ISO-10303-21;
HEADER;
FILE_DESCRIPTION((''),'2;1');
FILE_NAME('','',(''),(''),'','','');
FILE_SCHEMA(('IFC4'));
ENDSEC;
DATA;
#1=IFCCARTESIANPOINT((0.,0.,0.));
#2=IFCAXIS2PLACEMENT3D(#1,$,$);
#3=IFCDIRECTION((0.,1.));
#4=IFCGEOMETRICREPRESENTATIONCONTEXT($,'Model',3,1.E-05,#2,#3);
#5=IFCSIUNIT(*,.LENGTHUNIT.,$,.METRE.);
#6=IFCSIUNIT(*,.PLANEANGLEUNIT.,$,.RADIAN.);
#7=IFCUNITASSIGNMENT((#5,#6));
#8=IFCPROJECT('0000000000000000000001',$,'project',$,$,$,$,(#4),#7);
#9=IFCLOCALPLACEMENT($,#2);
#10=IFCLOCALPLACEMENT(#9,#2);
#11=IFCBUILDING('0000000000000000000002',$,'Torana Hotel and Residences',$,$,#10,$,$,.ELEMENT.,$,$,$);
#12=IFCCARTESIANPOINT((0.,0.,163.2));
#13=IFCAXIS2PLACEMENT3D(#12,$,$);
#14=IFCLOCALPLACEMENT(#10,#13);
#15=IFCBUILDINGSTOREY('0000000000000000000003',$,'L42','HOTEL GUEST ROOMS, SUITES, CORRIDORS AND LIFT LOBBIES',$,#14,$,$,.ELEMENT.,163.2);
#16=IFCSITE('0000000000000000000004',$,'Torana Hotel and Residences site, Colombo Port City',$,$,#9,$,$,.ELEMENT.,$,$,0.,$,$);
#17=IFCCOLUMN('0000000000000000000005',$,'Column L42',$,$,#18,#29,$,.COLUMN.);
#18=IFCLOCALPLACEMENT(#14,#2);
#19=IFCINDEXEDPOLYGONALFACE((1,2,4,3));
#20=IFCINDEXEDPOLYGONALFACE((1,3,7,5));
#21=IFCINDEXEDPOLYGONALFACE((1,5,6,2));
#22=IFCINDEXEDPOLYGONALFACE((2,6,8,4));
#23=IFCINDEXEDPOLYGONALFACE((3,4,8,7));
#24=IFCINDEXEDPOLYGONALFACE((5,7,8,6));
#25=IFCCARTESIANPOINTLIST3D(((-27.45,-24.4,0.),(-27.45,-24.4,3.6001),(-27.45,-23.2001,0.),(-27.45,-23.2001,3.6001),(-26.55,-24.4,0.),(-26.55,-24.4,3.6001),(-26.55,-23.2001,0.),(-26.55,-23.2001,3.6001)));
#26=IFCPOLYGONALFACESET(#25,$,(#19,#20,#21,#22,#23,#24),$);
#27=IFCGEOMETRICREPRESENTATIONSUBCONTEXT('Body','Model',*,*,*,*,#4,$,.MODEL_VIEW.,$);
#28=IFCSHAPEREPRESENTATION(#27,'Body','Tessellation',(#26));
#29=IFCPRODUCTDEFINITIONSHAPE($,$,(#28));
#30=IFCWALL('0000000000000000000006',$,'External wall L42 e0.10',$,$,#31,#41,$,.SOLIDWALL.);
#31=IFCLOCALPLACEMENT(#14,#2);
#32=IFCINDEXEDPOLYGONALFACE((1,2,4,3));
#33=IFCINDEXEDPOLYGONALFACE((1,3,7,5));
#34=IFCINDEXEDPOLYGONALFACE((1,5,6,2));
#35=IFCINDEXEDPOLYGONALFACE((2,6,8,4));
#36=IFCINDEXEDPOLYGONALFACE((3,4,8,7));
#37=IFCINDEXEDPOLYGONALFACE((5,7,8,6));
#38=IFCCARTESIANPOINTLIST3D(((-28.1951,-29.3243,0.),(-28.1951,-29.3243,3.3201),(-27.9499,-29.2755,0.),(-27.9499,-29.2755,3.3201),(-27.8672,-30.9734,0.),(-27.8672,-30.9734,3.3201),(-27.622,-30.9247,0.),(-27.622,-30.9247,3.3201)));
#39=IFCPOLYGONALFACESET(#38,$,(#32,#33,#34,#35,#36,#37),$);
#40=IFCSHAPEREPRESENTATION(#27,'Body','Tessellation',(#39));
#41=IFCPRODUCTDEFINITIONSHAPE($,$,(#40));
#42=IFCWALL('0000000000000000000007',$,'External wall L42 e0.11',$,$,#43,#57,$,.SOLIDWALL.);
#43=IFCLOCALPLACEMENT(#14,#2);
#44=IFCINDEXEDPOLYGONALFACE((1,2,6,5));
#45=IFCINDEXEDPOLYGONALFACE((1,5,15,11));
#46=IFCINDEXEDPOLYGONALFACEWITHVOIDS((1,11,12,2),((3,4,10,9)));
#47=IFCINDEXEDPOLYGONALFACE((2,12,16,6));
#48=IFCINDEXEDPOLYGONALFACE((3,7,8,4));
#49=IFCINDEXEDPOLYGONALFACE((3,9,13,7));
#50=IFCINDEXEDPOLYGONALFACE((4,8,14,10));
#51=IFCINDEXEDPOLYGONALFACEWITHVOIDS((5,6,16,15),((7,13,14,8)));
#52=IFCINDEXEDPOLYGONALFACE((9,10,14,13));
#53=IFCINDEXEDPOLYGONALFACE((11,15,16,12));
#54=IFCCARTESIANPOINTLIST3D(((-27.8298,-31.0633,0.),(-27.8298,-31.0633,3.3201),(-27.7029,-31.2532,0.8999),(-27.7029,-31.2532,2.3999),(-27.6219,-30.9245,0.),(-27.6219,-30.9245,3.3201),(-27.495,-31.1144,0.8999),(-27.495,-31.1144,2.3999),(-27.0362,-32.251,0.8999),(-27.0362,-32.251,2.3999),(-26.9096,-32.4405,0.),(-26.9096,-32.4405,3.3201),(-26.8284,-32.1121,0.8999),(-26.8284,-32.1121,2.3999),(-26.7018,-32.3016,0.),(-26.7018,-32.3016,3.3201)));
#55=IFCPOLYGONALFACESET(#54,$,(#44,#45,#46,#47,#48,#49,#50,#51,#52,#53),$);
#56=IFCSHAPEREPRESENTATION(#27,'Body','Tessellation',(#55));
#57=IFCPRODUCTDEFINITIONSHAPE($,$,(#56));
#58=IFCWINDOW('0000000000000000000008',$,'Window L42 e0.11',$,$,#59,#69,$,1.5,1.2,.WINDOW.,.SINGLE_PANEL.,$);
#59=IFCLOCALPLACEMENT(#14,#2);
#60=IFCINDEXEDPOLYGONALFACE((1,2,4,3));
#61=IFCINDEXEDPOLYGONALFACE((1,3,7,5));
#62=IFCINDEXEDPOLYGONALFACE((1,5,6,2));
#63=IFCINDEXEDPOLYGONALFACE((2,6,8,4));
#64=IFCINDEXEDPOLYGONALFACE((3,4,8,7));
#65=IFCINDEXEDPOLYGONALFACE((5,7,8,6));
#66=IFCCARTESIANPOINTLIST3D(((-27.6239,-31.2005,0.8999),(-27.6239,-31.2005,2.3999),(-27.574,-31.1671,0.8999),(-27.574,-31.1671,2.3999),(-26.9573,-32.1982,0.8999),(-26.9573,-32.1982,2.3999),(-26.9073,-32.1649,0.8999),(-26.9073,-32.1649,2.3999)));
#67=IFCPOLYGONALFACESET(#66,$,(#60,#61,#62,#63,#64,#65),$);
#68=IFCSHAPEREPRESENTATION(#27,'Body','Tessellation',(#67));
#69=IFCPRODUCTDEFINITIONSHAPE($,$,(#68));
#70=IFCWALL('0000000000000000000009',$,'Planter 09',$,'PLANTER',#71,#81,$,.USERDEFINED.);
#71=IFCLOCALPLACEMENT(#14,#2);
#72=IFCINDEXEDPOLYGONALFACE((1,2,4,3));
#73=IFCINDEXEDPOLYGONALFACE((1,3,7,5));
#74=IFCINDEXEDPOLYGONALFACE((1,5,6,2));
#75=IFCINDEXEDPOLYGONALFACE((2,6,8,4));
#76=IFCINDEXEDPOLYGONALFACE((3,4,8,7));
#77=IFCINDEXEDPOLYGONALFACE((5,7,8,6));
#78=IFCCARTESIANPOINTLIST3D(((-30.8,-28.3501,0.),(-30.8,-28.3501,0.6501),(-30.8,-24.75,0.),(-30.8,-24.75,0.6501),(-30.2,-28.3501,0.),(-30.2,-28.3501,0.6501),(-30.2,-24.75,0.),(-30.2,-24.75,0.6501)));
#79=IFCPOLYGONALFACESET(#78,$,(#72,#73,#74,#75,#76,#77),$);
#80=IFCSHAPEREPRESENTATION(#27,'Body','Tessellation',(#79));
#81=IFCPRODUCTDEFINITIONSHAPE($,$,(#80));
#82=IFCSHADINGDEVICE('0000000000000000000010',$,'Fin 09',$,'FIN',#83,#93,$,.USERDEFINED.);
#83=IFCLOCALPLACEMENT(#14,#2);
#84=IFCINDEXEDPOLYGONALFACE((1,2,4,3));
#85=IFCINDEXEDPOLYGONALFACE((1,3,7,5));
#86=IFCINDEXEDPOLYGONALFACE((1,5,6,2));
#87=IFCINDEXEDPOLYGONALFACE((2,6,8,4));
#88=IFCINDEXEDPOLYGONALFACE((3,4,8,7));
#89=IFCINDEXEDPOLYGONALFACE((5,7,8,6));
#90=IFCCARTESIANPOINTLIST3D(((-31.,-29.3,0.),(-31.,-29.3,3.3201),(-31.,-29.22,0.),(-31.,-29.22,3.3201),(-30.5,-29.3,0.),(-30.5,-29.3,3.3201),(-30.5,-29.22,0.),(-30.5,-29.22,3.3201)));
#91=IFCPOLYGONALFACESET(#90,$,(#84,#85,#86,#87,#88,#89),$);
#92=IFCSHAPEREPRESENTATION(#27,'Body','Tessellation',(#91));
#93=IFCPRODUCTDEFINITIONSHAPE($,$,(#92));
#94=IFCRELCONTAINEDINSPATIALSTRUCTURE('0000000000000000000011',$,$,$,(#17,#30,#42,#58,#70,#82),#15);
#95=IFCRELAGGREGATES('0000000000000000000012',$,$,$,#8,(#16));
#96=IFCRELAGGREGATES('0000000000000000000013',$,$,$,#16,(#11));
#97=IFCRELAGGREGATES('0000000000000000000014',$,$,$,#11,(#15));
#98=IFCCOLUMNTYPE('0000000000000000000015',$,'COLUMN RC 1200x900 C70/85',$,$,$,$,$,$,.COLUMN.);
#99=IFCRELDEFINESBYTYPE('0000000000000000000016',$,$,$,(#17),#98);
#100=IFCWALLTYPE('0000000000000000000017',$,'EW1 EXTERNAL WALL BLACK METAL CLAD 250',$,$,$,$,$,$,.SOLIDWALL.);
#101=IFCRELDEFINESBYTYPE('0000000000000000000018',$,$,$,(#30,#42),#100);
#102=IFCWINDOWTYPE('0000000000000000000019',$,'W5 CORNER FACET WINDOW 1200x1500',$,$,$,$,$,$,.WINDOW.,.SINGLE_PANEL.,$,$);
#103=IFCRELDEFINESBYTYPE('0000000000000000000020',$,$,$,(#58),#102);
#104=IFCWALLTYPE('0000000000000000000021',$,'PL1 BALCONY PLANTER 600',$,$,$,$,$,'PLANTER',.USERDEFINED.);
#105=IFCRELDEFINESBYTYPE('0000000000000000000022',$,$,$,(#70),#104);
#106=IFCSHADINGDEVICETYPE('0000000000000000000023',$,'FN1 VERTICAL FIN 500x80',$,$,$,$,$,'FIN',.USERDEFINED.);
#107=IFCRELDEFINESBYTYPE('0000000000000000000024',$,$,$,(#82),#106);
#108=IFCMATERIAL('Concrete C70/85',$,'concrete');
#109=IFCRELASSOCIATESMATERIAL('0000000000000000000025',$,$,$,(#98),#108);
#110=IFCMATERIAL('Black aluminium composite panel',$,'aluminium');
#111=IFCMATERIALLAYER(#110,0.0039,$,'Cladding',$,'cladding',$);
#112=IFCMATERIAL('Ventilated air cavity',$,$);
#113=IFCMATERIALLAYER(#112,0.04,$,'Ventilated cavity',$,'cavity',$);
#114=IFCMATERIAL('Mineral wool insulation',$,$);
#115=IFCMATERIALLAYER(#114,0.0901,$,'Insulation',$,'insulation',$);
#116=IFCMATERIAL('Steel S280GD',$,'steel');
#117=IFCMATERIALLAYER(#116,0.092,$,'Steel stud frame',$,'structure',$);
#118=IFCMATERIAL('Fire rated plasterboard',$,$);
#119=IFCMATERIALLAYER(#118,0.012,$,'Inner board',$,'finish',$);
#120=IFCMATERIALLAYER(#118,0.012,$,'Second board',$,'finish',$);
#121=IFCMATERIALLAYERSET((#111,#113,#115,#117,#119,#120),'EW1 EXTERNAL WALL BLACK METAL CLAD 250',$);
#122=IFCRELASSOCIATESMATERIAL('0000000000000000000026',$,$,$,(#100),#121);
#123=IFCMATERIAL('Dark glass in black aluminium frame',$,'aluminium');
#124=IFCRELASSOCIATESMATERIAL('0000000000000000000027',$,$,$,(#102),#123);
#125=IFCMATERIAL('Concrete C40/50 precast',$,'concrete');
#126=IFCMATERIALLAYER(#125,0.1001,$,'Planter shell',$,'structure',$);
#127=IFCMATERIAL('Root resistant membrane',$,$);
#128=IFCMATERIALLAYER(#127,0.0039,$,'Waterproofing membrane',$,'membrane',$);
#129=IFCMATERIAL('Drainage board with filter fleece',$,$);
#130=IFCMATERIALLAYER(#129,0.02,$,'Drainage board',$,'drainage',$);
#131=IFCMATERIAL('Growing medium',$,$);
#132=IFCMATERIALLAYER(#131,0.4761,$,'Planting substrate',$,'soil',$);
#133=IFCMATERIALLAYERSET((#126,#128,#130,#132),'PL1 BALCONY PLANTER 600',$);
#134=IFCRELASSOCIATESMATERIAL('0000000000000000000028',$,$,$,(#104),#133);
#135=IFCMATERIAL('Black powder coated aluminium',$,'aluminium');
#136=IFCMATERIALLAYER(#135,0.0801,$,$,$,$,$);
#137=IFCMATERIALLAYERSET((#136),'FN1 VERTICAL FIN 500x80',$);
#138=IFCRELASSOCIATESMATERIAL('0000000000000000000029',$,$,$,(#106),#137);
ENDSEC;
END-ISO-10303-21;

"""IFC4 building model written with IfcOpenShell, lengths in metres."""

from ifc_helpers import new_model, si_unit, direction, frame, frame_2d, origin, origin_2d, place, context, subcontext, project, spatial, rectangle, extrude, material, layer, layer_set, material_profile, profile_set, type_object, element, fill, save


model = new_model("IFC4")

# Units and contexts
model_context = context("Model", 3, precision=1e-05, world=origin(), true_north=direction((0.0, 1.0)))
body_context = subcontext(model_context, "Body", "Model", "MODEL_VIEW")
ifc_project = project(units=[si_unit("LENGTHUNIT", "METRE"), si_unit("PLANEANGLEUNIT", "RADIAN")], contexts=[model_context])

# Site, building, storey
site_placement = place(None, origin())
site = spatial("IfcSite", under=ifc_project, at=site_placement, Name="Torana Hotel and Residences site, Colombo Port City", CompositionType="ELEMENT", RefElevation=0.0)
building_placement = place(site_placement, origin())
building = spatial("IfcBuilding", under=site, at=building_placement, Name="Torana Hotel and Residences", CompositionType="ELEMENT")
storey_placement = place(building_placement, frame((0.0, 0.0, 163.2)))
storey = spatial("IfcBuildingStorey", under=building, at=storey_placement, Name="L42", Description="HOTEL GUEST ROOMS, SUITES, CORRIDORS AND LIFT LOBBIES", CompositionType="ELEMENT", Elevation=163.2)

# Column
ifc_material_1 = material(Name="Concrete C70/85", Category="concrete")
ifc_material_profile = material_profile(ifc_material_1, rectangle(XDim=1.2, YDim=0.8999, at=origin_2d()), Name="RC 1200x900")
ifc_profile_set = profile_set([ifc_material_profile], Name="Concrete C70/85")
column_type = type_object("IfcColumnType", Name="COLUMN RC 1200x900 C70/85", PredefinedType="COLUMN", material=ifc_profile_set)
column_placement = place(storey_placement, frame((-27.0, -23.8, 0.0), z_axis=(0.0, 0.0, 1.0), x_axis=(0.0, 1.0, 0.0)))
element("IfcColumn", 1, at=column_placement, inside=storey, type_object=column_type, Name="Column L42", PredefinedType="COLUMN", context=body_context, shape_type="SweptSolid", body=[
    extrude(rectangle(XDim=1.2, YDim=0.8999, at=origin_2d()), origin(), (0.0, 0.0, 1.0), 3.6001),
])

# Wall
ifc_material_2 = material(Name="Black aluminium composite panel", Category="aluminium")
ifc_layer_1 = layer(ifc_material_2, 0.0039, Name="Cladding", Category="cladding")
ifc_material_3 = material(Name="Ventilated air cavity")
ifc_layer_2 = layer(ifc_material_3, 0.04, Name="Ventilated cavity", Category="cavity")
ifc_material_4 = material(Name="Mineral wool insulation")
ifc_layer_3 = layer(ifc_material_4, 0.0901, Name="Insulation", Category="insulation")
ifc_material_5 = material(Name="Steel S280GD", Category="steel")
ifc_layer_4 = layer(ifc_material_5, 0.092, Name="Steel stud frame", Category="structure")
ifc_material_6 = material(Name="Fire rated plasterboard")
ifc_layer_5 = layer(ifc_material_6, 0.012, Name="Inner board", Category="finish")
ifc_layer_6 = layer(ifc_material_6, 0.012, Name="Second board", Category="finish")
ifc_layer_set_1 = layer_set([ifc_layer_1, ifc_layer_2, ifc_layer_3, ifc_layer_4, ifc_layer_5, ifc_layer_6], Name="EW1 EXTERNAL WALL BLACK METAL CLAD 250")
wall_type_1 = type_object("IfcWallType", Name="EW1 EXTERNAL WALL BLACK METAL CLAD 250", PredefinedType="SOLIDWALL", material=ifc_layer_set_1)
wall_1_placement = place(storey_placement, frame((-28.0725, -29.2998, 0.0), z_axis=(0.0, 0.0, 1.0), x_axis=(0.194999, -0.980803, 0.0)))
element("IfcWall", 2, at=wall_1_placement, inside=storey, type_object=wall_type_1, Name="External wall L42 e0.10", PredefinedType="SOLIDWALL", context=body_context, shape_type="SweptSolid", body=[
    extrude(rectangle(XDim=1.6814, YDim=0.25, at=frame_2d((0.8408, 0.0))), origin(), (0.0, 0.0, 1.0), 3.3201),
])

# Wall, opening, window
wall_2_placement = place(storey_placement, frame((-27.7258, -30.9939, 0.0), z_axis=(0.0, 0.0, 1.0), x_axis=(0.55555, -0.831483, 0.0)))
wall_2 = element("IfcWall", 3, at=wall_2_placement, inside=storey, type_object=wall_type_1, Name="External wall L42 e0.11", PredefinedType="SOLIDWALL", context=body_context, shape_type="SweptSolid", body=[
    extrude(rectangle(XDim=1.6562, YDim=0.25, at=frame_2d((0.8281, 0.0))), origin(), (0.0, 0.0, 1.0), 3.3201),
])
opening_placement = place(wall_2_placement, frame((0.2283, 0.0, 0.8999)))
opening = element("IfcOpeningElement", 4, at=opening_placement, cuts=wall_2, PredefinedType="OPENING", context=body_context, shape_type="SweptSolid", body=[
    extrude(rectangle(XDim=1.2, YDim=1.5, at=frame_2d((0.6001, 0.75))), frame((0.0, 0.135, 0.0), z_axis=(0.0, -1.0, 0.0), x_axis=(1.0, 0.0, 0.0)), (0.0, 0.0, 1.0), 0.27),
])
ifc_material_7 = material(Name="Dark glass in black aluminium frame", Category="aluminium")
window_type = type_object("IfcWindowType", Name="W5 CORNER FACET WINDOW 1200x1500", PartitioningType="SINGLE_PANEL", PredefinedType="WINDOW", material=ifc_material_7)
window_placement = place(opening_placement, origin())
window = element("IfcWindow", 5, at=window_placement, inside=storey, type_object=window_type, Name="Window L42 e0.11", OverallHeight=1.5, OverallWidth=1.2, PartitioningType="SINGLE_PANEL", PredefinedType="WINDOW", context=body_context, shape_type="SweptSolid", body=[
    extrude(rectangle(XDim=1.2, YDim=1.5, at=frame_2d((0.6001, 0.75))), frame((0.0, 0.03, 0.0), z_axis=(0.0, -1.0, 0.0), x_axis=(1.0, 0.0, 0.0)), (0.0, 0.0, 1.0), 0.0601),
])
fill(opening, window)

# Wall
ifc_material_8 = material(Name="Concrete C40/50 precast", Category="concrete")
ifc_layer_7 = layer(ifc_material_8, 0.1001, Name="Planter shell", Category="structure")
ifc_material_9 = material(Name="Root resistant membrane")
ifc_layer_8 = layer(ifc_material_9, 0.0039, Name="Waterproofing membrane", Category="membrane")
ifc_material_10 = material(Name="Drainage board with filter fleece")
ifc_layer_9 = layer(ifc_material_10, 0.02, Name="Drainage board", Category="drainage")
ifc_material_11 = material(Name="Growing medium")
ifc_layer_10 = layer(ifc_material_11, 0.4761, Name="Planting substrate", Category="soil")
ifc_layer_set_2 = layer_set([ifc_layer_7, ifc_layer_8, ifc_layer_9, ifc_layer_10], Name="PL1 BALCONY PLANTER 600")
wall_type_2 = type_object("IfcWallType", Name="PL1 BALCONY PLANTER 600", ElementType="PLANTER", PredefinedType="USERDEFINED", material=ifc_layer_set_2)
wall_3_placement = place(storey_placement, frame((-30.5, -28.3501, 0.0), z_axis=(0.0, 0.0, 1.0), x_axis=(0.0, 1.0, 0.0)))
element("IfcWall", 6, at=wall_3_placement, inside=storey, type_object=wall_type_2, Name="Planter 09", ObjectType="PLANTER", PredefinedType="USERDEFINED", context=body_context, shape_type="SweptSolid", body=[
    extrude(rectangle(XDim=3.6001, YDim=0.6001, at=frame_2d((1.8, 0.0))), origin(), (0.0, 0.0, 1.0), 0.6501),
])

# Shading device
ifc_material_12 = material(Name="Black powder coated aluminium", Category="aluminium")
ifc_layer_11 = layer(ifc_material_12, 0.0801)
ifc_layer_set_3 = layer_set([ifc_layer_11], Name="FN1 VERTICAL FIN 500x80")
shading_device_type = type_object("IfcShadingDeviceType", Name="FN1 VERTICAL FIN 500x80", ElementType="FIN", PredefinedType="USERDEFINED", material=ifc_layer_set_3)
shading_device_placement = place(storey_placement, frame((-30.75, -29.26, 0.0), z_axis=(0.0, 0.0, 1.0), x_axis=(0.0, 1.0, 0.0)))
element("IfcShadingDevice", 7, at=shading_device_placement, inside=storey, type_object=shading_device_type, Name="Fin 09", ObjectType="FIN", PredefinedType="USERDEFINED", context=body_context, shape_type="SweptSolid", body=[
    extrude(rectangle(XDim=0.0801, YDim=0.5, at=origin_2d()), origin(), (0.0, 0.0, 1.0), 3.3201),
])

save(model, "model.ifc")
